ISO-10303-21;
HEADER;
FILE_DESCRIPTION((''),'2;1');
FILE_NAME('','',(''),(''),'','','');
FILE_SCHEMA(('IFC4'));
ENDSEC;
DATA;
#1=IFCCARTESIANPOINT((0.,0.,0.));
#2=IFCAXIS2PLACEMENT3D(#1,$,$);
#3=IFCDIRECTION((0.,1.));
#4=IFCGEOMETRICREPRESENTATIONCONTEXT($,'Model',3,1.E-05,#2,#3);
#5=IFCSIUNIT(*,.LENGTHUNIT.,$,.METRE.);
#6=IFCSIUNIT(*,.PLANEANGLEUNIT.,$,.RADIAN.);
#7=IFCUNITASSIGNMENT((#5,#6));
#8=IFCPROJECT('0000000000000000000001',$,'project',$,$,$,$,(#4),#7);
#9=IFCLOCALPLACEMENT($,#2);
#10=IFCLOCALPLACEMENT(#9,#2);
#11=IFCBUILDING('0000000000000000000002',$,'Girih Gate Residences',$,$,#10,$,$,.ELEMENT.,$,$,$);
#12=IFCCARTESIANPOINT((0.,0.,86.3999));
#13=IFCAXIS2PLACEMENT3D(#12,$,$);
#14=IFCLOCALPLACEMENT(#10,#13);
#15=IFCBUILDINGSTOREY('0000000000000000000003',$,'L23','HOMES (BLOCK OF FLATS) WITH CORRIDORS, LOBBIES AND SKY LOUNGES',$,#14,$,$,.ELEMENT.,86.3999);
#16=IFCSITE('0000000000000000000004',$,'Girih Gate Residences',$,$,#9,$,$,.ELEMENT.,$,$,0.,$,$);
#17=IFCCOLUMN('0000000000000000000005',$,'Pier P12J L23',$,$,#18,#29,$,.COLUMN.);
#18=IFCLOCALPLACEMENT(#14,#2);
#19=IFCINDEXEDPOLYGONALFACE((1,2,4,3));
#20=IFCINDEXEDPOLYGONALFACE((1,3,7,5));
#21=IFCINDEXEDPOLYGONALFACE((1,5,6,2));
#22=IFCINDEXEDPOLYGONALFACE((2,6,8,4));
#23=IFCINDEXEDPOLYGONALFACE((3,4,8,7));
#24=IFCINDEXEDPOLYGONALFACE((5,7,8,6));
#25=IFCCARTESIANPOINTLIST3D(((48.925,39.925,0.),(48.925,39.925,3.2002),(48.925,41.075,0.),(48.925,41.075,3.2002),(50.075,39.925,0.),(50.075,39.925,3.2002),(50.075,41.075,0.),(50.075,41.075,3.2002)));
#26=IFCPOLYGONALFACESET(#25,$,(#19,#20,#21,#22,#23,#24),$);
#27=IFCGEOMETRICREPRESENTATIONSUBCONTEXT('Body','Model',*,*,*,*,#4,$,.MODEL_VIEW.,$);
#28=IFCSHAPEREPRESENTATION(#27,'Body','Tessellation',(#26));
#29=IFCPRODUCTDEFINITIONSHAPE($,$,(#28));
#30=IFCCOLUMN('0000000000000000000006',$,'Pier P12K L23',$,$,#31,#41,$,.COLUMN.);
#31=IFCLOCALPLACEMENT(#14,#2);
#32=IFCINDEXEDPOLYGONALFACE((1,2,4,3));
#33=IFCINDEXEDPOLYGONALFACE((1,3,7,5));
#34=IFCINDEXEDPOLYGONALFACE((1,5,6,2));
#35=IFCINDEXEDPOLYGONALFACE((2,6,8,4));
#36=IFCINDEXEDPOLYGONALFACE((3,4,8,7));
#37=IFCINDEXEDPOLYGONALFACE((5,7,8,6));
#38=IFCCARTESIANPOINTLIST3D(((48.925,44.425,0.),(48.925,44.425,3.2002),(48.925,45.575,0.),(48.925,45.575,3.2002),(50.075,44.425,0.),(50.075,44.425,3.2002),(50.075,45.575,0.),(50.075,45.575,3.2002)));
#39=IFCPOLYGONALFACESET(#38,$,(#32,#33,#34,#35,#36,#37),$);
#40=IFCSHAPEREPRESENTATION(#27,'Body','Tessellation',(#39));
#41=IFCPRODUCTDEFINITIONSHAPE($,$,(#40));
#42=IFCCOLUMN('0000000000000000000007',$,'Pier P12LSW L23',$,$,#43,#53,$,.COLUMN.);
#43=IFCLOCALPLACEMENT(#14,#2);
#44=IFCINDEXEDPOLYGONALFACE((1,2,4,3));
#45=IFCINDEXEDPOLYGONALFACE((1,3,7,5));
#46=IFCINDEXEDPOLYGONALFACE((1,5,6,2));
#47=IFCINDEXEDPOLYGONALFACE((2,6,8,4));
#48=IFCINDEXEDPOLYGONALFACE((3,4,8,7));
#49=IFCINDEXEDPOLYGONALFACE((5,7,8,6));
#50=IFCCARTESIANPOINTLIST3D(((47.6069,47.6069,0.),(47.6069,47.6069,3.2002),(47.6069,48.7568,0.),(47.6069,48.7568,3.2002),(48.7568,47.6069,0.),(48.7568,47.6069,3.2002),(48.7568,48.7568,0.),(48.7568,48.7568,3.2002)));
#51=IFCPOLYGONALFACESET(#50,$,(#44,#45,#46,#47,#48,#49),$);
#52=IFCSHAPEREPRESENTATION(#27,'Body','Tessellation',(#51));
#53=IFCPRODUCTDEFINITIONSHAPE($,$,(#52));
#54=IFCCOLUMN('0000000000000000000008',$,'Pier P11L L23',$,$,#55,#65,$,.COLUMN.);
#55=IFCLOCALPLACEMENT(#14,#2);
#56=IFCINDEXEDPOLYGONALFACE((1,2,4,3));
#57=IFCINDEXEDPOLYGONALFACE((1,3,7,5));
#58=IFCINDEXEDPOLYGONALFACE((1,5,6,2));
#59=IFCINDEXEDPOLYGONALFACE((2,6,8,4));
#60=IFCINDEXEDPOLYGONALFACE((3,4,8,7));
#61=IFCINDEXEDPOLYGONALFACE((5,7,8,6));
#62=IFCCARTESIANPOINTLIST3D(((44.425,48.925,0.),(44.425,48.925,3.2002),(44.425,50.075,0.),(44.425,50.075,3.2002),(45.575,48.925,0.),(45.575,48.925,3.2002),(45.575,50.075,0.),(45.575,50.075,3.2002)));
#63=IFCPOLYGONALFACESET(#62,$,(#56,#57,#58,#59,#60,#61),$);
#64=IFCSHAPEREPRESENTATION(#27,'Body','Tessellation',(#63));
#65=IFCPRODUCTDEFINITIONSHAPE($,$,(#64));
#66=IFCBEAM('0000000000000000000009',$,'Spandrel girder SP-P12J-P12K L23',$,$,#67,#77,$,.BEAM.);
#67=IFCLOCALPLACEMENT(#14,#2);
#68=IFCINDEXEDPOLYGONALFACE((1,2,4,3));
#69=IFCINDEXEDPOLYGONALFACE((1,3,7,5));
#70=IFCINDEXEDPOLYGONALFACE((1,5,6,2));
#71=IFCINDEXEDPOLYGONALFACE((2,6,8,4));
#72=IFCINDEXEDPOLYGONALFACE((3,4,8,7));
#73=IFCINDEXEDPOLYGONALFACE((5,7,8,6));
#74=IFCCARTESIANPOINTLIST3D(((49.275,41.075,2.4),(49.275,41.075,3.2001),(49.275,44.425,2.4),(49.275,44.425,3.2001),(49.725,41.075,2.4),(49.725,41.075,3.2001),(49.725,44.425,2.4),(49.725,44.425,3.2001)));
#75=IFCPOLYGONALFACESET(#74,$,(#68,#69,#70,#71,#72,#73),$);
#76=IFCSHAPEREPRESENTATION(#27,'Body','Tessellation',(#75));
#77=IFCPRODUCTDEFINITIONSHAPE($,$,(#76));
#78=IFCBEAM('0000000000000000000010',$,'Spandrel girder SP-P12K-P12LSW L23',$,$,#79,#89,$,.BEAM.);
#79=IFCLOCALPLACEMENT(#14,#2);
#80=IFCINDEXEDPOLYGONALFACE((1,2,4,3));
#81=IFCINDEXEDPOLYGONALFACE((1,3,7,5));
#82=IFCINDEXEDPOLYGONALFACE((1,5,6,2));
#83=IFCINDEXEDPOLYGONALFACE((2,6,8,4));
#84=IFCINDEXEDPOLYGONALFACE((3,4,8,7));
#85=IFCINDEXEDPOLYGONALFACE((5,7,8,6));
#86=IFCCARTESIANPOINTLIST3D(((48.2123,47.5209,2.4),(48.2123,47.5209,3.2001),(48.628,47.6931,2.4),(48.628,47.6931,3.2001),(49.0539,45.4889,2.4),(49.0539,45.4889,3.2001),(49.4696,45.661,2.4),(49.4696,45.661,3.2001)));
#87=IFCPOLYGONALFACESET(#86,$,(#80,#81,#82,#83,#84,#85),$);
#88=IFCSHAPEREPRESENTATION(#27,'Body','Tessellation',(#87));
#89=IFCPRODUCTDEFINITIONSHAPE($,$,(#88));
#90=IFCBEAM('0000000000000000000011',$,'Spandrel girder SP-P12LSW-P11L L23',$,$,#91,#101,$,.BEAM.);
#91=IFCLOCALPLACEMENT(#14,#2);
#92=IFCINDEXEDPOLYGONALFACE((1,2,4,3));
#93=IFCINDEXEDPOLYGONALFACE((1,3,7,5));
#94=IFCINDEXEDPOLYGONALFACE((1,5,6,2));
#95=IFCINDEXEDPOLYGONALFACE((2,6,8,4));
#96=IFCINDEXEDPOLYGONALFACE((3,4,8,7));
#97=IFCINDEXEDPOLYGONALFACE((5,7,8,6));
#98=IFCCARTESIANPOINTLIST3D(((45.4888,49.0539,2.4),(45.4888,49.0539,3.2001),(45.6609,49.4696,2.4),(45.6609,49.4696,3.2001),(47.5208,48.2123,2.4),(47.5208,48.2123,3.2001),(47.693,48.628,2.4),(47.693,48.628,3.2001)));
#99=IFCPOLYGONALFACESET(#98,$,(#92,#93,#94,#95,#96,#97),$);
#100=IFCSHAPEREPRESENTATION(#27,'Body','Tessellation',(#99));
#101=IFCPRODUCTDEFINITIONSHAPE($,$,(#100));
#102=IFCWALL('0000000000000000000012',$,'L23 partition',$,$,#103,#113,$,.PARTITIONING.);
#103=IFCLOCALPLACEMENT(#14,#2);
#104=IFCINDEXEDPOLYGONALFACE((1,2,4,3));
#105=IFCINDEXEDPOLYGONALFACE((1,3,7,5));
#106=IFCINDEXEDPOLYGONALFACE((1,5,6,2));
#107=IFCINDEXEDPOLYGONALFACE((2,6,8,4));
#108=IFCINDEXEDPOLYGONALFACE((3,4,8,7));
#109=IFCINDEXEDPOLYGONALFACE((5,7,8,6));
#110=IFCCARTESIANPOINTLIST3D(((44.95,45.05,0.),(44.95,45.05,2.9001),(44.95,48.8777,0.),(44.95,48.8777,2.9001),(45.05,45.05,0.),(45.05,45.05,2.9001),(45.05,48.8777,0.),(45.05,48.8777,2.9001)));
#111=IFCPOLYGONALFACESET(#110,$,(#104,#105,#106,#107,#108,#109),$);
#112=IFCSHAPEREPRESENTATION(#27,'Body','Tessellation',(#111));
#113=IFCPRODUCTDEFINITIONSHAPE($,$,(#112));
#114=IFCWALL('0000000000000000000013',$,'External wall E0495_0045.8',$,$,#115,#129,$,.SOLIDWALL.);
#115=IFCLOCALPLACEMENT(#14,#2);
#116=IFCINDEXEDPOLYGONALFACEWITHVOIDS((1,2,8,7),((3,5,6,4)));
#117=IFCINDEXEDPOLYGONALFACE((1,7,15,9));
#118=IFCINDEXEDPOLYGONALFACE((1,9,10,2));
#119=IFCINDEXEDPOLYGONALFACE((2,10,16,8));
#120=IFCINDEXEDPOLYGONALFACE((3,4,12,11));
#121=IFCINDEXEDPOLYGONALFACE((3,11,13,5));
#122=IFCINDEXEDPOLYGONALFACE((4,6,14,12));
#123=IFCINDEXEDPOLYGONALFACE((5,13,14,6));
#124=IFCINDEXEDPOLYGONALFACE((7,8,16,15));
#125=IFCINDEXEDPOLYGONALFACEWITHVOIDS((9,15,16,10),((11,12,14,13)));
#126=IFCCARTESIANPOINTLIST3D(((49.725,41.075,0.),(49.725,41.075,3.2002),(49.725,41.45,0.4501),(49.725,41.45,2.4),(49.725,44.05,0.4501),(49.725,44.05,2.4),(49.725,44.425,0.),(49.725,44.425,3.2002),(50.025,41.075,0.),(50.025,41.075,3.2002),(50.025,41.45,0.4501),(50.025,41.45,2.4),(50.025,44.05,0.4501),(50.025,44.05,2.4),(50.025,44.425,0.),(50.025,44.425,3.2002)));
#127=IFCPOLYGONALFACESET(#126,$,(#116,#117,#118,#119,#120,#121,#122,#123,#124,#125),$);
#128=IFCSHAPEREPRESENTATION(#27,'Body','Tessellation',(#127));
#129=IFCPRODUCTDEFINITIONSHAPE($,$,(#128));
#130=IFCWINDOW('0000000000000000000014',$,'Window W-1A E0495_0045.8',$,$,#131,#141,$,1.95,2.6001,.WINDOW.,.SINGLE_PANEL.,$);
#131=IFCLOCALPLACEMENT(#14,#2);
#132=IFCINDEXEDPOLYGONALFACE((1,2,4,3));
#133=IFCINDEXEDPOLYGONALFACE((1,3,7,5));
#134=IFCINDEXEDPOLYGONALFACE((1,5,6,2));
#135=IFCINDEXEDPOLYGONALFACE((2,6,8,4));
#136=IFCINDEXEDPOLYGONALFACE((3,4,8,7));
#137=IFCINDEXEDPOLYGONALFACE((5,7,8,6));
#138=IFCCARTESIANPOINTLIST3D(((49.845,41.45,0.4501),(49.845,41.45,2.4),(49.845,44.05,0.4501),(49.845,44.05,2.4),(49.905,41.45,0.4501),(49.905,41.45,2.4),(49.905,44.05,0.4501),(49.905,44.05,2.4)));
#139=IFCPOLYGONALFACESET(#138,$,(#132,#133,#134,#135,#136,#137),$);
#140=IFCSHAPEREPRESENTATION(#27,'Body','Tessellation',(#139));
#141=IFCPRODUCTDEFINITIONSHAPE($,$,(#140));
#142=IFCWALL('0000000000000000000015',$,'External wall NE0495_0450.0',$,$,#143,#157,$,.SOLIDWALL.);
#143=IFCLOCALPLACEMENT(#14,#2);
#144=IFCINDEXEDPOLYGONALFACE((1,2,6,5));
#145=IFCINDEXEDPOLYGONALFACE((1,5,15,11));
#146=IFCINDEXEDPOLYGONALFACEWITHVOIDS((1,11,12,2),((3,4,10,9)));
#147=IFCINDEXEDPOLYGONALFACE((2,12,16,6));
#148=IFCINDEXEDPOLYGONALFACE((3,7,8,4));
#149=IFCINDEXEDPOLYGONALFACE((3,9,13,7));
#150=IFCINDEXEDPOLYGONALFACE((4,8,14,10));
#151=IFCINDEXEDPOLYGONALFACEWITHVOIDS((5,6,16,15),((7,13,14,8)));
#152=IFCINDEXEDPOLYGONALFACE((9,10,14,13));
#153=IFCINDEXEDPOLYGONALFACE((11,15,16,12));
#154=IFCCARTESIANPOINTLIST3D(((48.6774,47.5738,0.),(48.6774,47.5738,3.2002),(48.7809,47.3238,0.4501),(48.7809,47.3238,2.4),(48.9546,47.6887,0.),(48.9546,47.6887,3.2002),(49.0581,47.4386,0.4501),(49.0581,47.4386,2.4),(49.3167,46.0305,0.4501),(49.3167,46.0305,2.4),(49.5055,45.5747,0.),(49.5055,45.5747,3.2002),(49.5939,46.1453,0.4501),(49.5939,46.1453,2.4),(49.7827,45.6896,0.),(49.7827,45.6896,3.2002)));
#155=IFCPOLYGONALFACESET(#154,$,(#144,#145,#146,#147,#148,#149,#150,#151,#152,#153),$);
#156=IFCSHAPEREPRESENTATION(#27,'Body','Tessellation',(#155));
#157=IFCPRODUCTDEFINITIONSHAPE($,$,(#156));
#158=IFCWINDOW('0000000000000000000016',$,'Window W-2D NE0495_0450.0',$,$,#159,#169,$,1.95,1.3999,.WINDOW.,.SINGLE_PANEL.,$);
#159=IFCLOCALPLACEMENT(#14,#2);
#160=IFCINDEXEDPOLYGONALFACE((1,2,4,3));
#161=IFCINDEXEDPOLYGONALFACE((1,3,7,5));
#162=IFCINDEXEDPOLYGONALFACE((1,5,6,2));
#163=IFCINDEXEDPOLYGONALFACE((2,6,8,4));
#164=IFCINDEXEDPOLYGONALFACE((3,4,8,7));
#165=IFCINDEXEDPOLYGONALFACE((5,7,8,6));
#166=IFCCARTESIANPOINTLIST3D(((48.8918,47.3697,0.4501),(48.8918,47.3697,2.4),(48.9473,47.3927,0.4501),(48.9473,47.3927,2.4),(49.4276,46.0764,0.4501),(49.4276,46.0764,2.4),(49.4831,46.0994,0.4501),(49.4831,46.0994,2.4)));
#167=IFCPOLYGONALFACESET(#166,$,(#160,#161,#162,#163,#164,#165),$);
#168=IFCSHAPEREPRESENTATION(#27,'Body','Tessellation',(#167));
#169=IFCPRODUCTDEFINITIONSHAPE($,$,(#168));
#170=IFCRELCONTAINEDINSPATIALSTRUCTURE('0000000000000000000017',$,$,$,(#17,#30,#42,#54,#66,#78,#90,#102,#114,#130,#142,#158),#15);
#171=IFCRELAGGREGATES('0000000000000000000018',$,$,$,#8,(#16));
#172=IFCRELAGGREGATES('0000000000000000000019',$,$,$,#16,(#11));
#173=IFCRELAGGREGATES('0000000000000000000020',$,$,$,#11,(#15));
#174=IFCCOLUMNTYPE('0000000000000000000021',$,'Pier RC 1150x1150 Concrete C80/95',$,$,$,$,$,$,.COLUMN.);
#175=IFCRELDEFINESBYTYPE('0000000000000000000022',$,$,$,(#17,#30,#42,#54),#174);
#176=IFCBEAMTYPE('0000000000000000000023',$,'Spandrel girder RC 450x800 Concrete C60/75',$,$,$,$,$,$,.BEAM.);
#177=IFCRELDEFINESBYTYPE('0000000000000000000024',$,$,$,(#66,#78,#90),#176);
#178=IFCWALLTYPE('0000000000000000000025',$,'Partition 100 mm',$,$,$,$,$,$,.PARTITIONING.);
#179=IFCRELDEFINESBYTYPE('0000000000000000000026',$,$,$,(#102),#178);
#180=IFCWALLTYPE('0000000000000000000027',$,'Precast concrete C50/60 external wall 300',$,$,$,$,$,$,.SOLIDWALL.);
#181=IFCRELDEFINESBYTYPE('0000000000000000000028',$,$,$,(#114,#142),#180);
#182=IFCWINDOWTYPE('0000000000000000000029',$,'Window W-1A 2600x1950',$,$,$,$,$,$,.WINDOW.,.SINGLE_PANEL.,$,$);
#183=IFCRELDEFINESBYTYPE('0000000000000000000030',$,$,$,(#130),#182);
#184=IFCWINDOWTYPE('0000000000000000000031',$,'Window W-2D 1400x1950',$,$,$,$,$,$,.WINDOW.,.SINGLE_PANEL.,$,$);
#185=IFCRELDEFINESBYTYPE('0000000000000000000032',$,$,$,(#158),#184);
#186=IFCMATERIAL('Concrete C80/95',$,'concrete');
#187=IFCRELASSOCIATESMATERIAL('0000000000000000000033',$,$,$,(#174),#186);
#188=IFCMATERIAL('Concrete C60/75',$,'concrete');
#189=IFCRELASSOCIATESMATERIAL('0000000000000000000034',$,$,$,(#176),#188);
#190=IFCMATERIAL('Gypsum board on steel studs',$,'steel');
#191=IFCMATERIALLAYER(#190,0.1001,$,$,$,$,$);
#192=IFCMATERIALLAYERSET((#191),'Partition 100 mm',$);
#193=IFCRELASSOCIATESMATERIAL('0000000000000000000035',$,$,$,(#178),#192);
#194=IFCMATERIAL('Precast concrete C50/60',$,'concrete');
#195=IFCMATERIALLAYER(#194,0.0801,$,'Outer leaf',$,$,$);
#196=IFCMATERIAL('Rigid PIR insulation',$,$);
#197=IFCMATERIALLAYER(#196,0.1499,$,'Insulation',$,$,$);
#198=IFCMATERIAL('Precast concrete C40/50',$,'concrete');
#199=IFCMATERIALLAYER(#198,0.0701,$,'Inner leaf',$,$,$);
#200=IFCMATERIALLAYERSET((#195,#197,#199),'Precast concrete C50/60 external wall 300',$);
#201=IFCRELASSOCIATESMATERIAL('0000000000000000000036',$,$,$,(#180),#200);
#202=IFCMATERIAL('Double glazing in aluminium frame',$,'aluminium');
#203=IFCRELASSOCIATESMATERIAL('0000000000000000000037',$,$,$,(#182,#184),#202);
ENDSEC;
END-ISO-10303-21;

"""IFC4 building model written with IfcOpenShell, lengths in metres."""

from ifc_helpers import new_model, si_unit, direction, frame, frame_2d, origin, origin_2d, place, context, subcontext, project, spatial, rectangle, extrude, material, layer, layer_set, material_profile, profile_set, type_object, element, fill, save


model = new_model("IFC4")

# Units and contexts
model_context = context("Model", 3, precision=1e-05, world=origin(), true_north=direction((0.0, 1.0)))
body_context = subcontext(model_context, "Body", "Model", "MODEL_VIEW")
ifc_project = project(units=[si_unit("LENGTHUNIT", "METRE"), si_unit("PLANEANGLEUNIT", "RADIAN")], contexts=[model_context])

# Site, building, storey
site_placement = place(None, origin())
site = spatial("IfcSite", under=ifc_project, at=site_placement, Name="Girih Gate Residences", CompositionType="ELEMENT", RefElevation=0.0)
building_placement = place(site_placement, origin())
building = spatial("IfcBuilding", under=site, at=building_placement, Name="Girih Gate Residences", CompositionType="ELEMENT")
storey_placement = place(building_placement, frame((0.0, 0.0, 86.3999)))
storey = spatial("IfcBuildingStorey", under=building, at=storey_placement, Name="L23", Description="HOMES (BLOCK OF FLATS) WITH CORRIDORS, LOBBIES AND SKY LOUNGES", CompositionType="ELEMENT", Elevation=86.3999)

# Columns
ifc_material_1 = material(Name="Concrete C80/95", Category="concrete")
ifc_material_profile_1 = material_profile(ifc_material_1, rectangle(XDim=1.1499, YDim=1.1499, at=origin_2d()))
ifc_profile_set_1 = profile_set([ifc_material_profile_1], Name="Concrete C80/95")
column_type = type_object("IfcColumnType", Name="Pier RC 1150x1150 Concrete C80/95", PredefinedType="COLUMN", material=ifc_profile_set_1)
for number, where, z_axis, x_axis, name in (
    (1, (49.5, 40.5, 0.0), (0.0, 0.0, 1.0), (1.0, 0.0, 0.0), "Pier P12J L23"),
    (2, (49.5, 45.0, 0.0), (0.0, 0.0, 1.0), (1.0, 0.0, 0.0), "Pier P12K L23"),
    (3, (48.1819, 48.1819, 0.0), (0.0, 0.0, 1.0), (1.0, 0.0, 0.0), "Pier P12LSW L23"),
    (4, (45.0, 49.5, 0.0), (0.0, 0.0, 1.0), (1.0, 0.0, 0.0), "Pier P11L L23"),
):
    element("IfcColumn", number, at=place(storey_placement, frame(where, z_axis=z_axis, x_axis=x_axis)), inside=storey, type_object=column_type, Name=name, PredefinedType="COLUMN", context=body_context, shape_type="SweptSolid", body=[
        extrude(rectangle(XDim=1.1499, YDim=1.1499, at=origin_2d()), origin(), (0.0, 0.0, 1.0), 3.2002),
    ])

# Beams
ifc_material_2 = material(Name="Concrete C60/75", Category="concrete")
ifc_material_profile_2 = material_profile(ifc_material_2, rectangle(XDim=0.45, YDim=0.8, at=origin_2d()))
ifc_profile_set_2 = profile_set([ifc_material_profile_2], Name="Concrete C60/75")
beam_type = type_object("IfcBeamType", Name="Spandrel girder RC 450x800 Concrete C60/75", PredefinedType="BEAM", material=ifc_profile_set_2)
beam_placement = place(storey_placement, frame((49.5, 41.075, 2.8), z_axis=(0.0, 1.0, 0.0), x_axis=(-1.0, 0.0, 0.0)))
element("IfcBeam", 5, at=beam_placement, inside=storey, type_object=beam_type, Name="Spandrel girder SP-P12J-P12K L23", PredefinedType="BEAM", context=body_context, shape_type="SweptSolid", body=[
    extrude(rectangle(XDim=0.45, YDim=0.8, at=origin_2d()), origin(), (0.0, 0.0, 1.0), 3.3501),
])
for number, where, z_axis, x_axis, name in (
    (6, (49.2617, 45.575, 2.8), (-0.382636, 0.923899, 0.0), (-0.923899, -0.382636, 0.0), "Spandrel girder SP-P12K-P12LSW L23"),
    (7, (47.6069, 48.4202, 2.8), (-0.923899, 0.382636, 0.0), (-0.382636, -0.923899, 0.0), "Spandrel girder SP-P12LSW-P11L L23"),
):
    element("IfcBeam", number, at=place(storey_placement, frame(where, z_axis=z_axis, x_axis=x_axis)), inside=storey, type_object=beam_type, Name=name, PredefinedType="BEAM", context=body_context, shape_type="SweptSolid", body=[
        extrude(rectangle(XDim=0.45, YDim=0.8, at=origin_2d()), origin(), (0.0, 0.0, 1.0), 2.1995),
    ])

# Wall
ifc_material_3 = material(Name="Gypsum board on steel studs", Category="steel")
ifc_layer_1 = layer(ifc_material_3, 0.1001)
ifc_layer_set_1 = layer_set([ifc_layer_1], Name="Partition 100 mm")
wall_type_1 = type_object("IfcWallType", Name="Partition 100 mm", PredefinedType="PARTITIONING", material=ifc_layer_set_1)
wall_1_placement = place(storey_placement, frame((45.0, 45.05, 0.0), z_axis=(0.0, 0.0, 1.0), x_axis=(0.0, 1.0, 0.0)))
element("IfcWall", 8, at=wall_1_placement, inside=storey, type_object=wall_type_1, Name="L23 partition", PredefinedType="PARTITIONING", context=body_context, shape_type="SweptSolid", body=[
    extrude(rectangle(XDim=3.8276, YDim=0.1001, at=frame_2d((1.9138, 0.0))), origin(), (0.0, 0.0, 1.0), 2.9001),
])

# Walls, openings, windows
ifc_material_4 = material(Name="Precast concrete C50/60", Category="concrete")
ifc_layer_2 = layer(ifc_material_4, 0.0801, Name="Outer leaf")
ifc_material_5 = material(Name="Rigid PIR insulation")
ifc_layer_3 = layer(ifc_material_5, 0.1499, Name="Insulation")
ifc_material_6 = material(Name="Precast concrete C40/50", Category="concrete")
ifc_layer_4 = layer(ifc_material_6, 0.0701, Name="Inner leaf")
ifc_layer_set_2 = layer_set([ifc_layer_2, ifc_layer_3, ifc_layer_4], Name="Precast concrete C50/60 external wall 300")
wall_type_2 = type_object("IfcWallType", Name="Precast concrete C50/60 external wall 300", PredefinedType="SOLIDWALL", material=ifc_layer_set_2)
wall_2_placement = place(storey_placement, frame((49.875, 44.425, 0.0), z_axis=(0.0, 0.0, 1.0), x_axis=(0.0, -1.0, 0.0)))
wall_2 = element("IfcWall", 9, at=wall_2_placement, inside=storey, type_object=wall_type_2, Name="External wall E0495_0045.8", PredefinedType="SOLIDWALL", context=body_context, shape_type="SweptSolid", body=[
    extrude(rectangle(XDim=3.3501, YDim=0.3, at=frame_2d((1.675, 0.0))), origin(), (0.0, 0.0, 1.0), 3.2002),
])
opening_1_placement = place(wall_2_placement, frame((0.375, 0.0, 0.45)))
opening_1 = element("IfcOpeningElement", 10, at=opening_1_placement, cuts=wall_2, PredefinedType="OPENING", context=body_context, shape_type="SweptSolid", body=[
    extrude(rectangle(XDim=2.6001, YDim=1.95, at=frame_2d((1.3, 0.9751))), frame((0.0, 0.1599, 0.0), z_axis=(0.0, -1.0, 0.0), x_axis=(1.0, 0.0, 0.0)), (0.0, 0.0, 1.0), 0.3201),
])
ifc_material_7 = material(Name="Double glazing in aluminium frame", Category="aluminium")
window_type_1 = type_object("IfcWindowType", Name="Window W-1A 2600x1950", PartitioningType="SINGLE_PANEL", PredefinedType="WINDOW", material=ifc_material_7)
window_1_placement = place(opening_1_placement, origin())
window_1 = element("IfcWindow", 11, at=window_1_placement, inside=storey, type_object=window_type_1, Name="Window W-1A E0495_0045.8", OverallHeight=1.95, OverallWidth=2.6001, PartitioningType="SINGLE_PANEL", PredefinedType="WINDOW", context=body_context, shape_type="SweptSolid", body=[
    extrude(rectangle(XDim=2.6001, YDim=1.95, at=frame_2d((1.3, 0.9751))), frame((0.0, 0.03, 0.0), z_axis=(0.0, -1.0, 0.0), x_axis=(1.0, 0.0, 0.0)), (0.0, 0.0, 1.0), 0.0601),
])
fill(opening_1, window_1)
wall_3_placement = place(storey_placement, frame((48.8159, 47.6313, 0.0), z_axis=(0.0, 0.0, 1.0), x_axis=(0.382724, -0.923863, 0.0)))
wall_3 = element("IfcWall", 12, at=wall_3_placement, inside=storey, type_object=wall_type_2, Name="External wall NE0495_0450.0", PredefinedType="SOLIDWALL", context=body_context, shape_type="SweptSolid", body=[
    extrude(rectangle(XDim=2.1638, YDim=0.3, at=frame_2d((1.082, 0.0))), origin(), (0.0, 0.0, 1.0), 3.2002),
])
opening_2_placement = place(wall_3_placement, frame((0.2708, 0.0, 0.45)))
opening_2 = element("IfcOpeningElement", 13, at=opening_2_placement, cuts=wall_3, PredefinedType="OPENING", context=body_context, shape_type="SweptSolid", body=[
    extrude(rectangle(XDim=1.3999, YDim=1.95, at=frame_2d((0.7, 0.9751))), frame((0.0, 0.1599, 0.0), z_axis=(0.0, -1.0, 0.0), x_axis=(1.0, 0.0, 0.0)), (0.0, 0.0, 1.0), 0.3201),
])
window_type_2 = type_object("IfcWindowType", Name="Window W-2D 1400x1950", PartitioningType="SINGLE_PANEL", PredefinedType="WINDOW", material=ifc_material_7)
window_2_placement = place(opening_2_placement, origin())
window_2 = element("IfcWindow", 14, at=window_2_placement, inside=storey, type_object=window_type_2, Name="Window W-2D NE0495_0450.0", OverallHeight=1.95, OverallWidth=1.3999, PartitioningType="SINGLE_PANEL", PredefinedType="WINDOW", context=body_context, shape_type="SweptSolid", body=[
    extrude(rectangle(XDim=1.3999, YDim=1.95, at=frame_2d((0.7, 0.9751))), frame((0.0, 0.03, 0.0), z_axis=(0.0, -1.0, 0.0), x_axis=(1.0, 0.0, 0.0)), (0.0, 0.0, 1.0), 0.0601),
])
fill(opening_2, window_2)

save(model, "model.ifc")
